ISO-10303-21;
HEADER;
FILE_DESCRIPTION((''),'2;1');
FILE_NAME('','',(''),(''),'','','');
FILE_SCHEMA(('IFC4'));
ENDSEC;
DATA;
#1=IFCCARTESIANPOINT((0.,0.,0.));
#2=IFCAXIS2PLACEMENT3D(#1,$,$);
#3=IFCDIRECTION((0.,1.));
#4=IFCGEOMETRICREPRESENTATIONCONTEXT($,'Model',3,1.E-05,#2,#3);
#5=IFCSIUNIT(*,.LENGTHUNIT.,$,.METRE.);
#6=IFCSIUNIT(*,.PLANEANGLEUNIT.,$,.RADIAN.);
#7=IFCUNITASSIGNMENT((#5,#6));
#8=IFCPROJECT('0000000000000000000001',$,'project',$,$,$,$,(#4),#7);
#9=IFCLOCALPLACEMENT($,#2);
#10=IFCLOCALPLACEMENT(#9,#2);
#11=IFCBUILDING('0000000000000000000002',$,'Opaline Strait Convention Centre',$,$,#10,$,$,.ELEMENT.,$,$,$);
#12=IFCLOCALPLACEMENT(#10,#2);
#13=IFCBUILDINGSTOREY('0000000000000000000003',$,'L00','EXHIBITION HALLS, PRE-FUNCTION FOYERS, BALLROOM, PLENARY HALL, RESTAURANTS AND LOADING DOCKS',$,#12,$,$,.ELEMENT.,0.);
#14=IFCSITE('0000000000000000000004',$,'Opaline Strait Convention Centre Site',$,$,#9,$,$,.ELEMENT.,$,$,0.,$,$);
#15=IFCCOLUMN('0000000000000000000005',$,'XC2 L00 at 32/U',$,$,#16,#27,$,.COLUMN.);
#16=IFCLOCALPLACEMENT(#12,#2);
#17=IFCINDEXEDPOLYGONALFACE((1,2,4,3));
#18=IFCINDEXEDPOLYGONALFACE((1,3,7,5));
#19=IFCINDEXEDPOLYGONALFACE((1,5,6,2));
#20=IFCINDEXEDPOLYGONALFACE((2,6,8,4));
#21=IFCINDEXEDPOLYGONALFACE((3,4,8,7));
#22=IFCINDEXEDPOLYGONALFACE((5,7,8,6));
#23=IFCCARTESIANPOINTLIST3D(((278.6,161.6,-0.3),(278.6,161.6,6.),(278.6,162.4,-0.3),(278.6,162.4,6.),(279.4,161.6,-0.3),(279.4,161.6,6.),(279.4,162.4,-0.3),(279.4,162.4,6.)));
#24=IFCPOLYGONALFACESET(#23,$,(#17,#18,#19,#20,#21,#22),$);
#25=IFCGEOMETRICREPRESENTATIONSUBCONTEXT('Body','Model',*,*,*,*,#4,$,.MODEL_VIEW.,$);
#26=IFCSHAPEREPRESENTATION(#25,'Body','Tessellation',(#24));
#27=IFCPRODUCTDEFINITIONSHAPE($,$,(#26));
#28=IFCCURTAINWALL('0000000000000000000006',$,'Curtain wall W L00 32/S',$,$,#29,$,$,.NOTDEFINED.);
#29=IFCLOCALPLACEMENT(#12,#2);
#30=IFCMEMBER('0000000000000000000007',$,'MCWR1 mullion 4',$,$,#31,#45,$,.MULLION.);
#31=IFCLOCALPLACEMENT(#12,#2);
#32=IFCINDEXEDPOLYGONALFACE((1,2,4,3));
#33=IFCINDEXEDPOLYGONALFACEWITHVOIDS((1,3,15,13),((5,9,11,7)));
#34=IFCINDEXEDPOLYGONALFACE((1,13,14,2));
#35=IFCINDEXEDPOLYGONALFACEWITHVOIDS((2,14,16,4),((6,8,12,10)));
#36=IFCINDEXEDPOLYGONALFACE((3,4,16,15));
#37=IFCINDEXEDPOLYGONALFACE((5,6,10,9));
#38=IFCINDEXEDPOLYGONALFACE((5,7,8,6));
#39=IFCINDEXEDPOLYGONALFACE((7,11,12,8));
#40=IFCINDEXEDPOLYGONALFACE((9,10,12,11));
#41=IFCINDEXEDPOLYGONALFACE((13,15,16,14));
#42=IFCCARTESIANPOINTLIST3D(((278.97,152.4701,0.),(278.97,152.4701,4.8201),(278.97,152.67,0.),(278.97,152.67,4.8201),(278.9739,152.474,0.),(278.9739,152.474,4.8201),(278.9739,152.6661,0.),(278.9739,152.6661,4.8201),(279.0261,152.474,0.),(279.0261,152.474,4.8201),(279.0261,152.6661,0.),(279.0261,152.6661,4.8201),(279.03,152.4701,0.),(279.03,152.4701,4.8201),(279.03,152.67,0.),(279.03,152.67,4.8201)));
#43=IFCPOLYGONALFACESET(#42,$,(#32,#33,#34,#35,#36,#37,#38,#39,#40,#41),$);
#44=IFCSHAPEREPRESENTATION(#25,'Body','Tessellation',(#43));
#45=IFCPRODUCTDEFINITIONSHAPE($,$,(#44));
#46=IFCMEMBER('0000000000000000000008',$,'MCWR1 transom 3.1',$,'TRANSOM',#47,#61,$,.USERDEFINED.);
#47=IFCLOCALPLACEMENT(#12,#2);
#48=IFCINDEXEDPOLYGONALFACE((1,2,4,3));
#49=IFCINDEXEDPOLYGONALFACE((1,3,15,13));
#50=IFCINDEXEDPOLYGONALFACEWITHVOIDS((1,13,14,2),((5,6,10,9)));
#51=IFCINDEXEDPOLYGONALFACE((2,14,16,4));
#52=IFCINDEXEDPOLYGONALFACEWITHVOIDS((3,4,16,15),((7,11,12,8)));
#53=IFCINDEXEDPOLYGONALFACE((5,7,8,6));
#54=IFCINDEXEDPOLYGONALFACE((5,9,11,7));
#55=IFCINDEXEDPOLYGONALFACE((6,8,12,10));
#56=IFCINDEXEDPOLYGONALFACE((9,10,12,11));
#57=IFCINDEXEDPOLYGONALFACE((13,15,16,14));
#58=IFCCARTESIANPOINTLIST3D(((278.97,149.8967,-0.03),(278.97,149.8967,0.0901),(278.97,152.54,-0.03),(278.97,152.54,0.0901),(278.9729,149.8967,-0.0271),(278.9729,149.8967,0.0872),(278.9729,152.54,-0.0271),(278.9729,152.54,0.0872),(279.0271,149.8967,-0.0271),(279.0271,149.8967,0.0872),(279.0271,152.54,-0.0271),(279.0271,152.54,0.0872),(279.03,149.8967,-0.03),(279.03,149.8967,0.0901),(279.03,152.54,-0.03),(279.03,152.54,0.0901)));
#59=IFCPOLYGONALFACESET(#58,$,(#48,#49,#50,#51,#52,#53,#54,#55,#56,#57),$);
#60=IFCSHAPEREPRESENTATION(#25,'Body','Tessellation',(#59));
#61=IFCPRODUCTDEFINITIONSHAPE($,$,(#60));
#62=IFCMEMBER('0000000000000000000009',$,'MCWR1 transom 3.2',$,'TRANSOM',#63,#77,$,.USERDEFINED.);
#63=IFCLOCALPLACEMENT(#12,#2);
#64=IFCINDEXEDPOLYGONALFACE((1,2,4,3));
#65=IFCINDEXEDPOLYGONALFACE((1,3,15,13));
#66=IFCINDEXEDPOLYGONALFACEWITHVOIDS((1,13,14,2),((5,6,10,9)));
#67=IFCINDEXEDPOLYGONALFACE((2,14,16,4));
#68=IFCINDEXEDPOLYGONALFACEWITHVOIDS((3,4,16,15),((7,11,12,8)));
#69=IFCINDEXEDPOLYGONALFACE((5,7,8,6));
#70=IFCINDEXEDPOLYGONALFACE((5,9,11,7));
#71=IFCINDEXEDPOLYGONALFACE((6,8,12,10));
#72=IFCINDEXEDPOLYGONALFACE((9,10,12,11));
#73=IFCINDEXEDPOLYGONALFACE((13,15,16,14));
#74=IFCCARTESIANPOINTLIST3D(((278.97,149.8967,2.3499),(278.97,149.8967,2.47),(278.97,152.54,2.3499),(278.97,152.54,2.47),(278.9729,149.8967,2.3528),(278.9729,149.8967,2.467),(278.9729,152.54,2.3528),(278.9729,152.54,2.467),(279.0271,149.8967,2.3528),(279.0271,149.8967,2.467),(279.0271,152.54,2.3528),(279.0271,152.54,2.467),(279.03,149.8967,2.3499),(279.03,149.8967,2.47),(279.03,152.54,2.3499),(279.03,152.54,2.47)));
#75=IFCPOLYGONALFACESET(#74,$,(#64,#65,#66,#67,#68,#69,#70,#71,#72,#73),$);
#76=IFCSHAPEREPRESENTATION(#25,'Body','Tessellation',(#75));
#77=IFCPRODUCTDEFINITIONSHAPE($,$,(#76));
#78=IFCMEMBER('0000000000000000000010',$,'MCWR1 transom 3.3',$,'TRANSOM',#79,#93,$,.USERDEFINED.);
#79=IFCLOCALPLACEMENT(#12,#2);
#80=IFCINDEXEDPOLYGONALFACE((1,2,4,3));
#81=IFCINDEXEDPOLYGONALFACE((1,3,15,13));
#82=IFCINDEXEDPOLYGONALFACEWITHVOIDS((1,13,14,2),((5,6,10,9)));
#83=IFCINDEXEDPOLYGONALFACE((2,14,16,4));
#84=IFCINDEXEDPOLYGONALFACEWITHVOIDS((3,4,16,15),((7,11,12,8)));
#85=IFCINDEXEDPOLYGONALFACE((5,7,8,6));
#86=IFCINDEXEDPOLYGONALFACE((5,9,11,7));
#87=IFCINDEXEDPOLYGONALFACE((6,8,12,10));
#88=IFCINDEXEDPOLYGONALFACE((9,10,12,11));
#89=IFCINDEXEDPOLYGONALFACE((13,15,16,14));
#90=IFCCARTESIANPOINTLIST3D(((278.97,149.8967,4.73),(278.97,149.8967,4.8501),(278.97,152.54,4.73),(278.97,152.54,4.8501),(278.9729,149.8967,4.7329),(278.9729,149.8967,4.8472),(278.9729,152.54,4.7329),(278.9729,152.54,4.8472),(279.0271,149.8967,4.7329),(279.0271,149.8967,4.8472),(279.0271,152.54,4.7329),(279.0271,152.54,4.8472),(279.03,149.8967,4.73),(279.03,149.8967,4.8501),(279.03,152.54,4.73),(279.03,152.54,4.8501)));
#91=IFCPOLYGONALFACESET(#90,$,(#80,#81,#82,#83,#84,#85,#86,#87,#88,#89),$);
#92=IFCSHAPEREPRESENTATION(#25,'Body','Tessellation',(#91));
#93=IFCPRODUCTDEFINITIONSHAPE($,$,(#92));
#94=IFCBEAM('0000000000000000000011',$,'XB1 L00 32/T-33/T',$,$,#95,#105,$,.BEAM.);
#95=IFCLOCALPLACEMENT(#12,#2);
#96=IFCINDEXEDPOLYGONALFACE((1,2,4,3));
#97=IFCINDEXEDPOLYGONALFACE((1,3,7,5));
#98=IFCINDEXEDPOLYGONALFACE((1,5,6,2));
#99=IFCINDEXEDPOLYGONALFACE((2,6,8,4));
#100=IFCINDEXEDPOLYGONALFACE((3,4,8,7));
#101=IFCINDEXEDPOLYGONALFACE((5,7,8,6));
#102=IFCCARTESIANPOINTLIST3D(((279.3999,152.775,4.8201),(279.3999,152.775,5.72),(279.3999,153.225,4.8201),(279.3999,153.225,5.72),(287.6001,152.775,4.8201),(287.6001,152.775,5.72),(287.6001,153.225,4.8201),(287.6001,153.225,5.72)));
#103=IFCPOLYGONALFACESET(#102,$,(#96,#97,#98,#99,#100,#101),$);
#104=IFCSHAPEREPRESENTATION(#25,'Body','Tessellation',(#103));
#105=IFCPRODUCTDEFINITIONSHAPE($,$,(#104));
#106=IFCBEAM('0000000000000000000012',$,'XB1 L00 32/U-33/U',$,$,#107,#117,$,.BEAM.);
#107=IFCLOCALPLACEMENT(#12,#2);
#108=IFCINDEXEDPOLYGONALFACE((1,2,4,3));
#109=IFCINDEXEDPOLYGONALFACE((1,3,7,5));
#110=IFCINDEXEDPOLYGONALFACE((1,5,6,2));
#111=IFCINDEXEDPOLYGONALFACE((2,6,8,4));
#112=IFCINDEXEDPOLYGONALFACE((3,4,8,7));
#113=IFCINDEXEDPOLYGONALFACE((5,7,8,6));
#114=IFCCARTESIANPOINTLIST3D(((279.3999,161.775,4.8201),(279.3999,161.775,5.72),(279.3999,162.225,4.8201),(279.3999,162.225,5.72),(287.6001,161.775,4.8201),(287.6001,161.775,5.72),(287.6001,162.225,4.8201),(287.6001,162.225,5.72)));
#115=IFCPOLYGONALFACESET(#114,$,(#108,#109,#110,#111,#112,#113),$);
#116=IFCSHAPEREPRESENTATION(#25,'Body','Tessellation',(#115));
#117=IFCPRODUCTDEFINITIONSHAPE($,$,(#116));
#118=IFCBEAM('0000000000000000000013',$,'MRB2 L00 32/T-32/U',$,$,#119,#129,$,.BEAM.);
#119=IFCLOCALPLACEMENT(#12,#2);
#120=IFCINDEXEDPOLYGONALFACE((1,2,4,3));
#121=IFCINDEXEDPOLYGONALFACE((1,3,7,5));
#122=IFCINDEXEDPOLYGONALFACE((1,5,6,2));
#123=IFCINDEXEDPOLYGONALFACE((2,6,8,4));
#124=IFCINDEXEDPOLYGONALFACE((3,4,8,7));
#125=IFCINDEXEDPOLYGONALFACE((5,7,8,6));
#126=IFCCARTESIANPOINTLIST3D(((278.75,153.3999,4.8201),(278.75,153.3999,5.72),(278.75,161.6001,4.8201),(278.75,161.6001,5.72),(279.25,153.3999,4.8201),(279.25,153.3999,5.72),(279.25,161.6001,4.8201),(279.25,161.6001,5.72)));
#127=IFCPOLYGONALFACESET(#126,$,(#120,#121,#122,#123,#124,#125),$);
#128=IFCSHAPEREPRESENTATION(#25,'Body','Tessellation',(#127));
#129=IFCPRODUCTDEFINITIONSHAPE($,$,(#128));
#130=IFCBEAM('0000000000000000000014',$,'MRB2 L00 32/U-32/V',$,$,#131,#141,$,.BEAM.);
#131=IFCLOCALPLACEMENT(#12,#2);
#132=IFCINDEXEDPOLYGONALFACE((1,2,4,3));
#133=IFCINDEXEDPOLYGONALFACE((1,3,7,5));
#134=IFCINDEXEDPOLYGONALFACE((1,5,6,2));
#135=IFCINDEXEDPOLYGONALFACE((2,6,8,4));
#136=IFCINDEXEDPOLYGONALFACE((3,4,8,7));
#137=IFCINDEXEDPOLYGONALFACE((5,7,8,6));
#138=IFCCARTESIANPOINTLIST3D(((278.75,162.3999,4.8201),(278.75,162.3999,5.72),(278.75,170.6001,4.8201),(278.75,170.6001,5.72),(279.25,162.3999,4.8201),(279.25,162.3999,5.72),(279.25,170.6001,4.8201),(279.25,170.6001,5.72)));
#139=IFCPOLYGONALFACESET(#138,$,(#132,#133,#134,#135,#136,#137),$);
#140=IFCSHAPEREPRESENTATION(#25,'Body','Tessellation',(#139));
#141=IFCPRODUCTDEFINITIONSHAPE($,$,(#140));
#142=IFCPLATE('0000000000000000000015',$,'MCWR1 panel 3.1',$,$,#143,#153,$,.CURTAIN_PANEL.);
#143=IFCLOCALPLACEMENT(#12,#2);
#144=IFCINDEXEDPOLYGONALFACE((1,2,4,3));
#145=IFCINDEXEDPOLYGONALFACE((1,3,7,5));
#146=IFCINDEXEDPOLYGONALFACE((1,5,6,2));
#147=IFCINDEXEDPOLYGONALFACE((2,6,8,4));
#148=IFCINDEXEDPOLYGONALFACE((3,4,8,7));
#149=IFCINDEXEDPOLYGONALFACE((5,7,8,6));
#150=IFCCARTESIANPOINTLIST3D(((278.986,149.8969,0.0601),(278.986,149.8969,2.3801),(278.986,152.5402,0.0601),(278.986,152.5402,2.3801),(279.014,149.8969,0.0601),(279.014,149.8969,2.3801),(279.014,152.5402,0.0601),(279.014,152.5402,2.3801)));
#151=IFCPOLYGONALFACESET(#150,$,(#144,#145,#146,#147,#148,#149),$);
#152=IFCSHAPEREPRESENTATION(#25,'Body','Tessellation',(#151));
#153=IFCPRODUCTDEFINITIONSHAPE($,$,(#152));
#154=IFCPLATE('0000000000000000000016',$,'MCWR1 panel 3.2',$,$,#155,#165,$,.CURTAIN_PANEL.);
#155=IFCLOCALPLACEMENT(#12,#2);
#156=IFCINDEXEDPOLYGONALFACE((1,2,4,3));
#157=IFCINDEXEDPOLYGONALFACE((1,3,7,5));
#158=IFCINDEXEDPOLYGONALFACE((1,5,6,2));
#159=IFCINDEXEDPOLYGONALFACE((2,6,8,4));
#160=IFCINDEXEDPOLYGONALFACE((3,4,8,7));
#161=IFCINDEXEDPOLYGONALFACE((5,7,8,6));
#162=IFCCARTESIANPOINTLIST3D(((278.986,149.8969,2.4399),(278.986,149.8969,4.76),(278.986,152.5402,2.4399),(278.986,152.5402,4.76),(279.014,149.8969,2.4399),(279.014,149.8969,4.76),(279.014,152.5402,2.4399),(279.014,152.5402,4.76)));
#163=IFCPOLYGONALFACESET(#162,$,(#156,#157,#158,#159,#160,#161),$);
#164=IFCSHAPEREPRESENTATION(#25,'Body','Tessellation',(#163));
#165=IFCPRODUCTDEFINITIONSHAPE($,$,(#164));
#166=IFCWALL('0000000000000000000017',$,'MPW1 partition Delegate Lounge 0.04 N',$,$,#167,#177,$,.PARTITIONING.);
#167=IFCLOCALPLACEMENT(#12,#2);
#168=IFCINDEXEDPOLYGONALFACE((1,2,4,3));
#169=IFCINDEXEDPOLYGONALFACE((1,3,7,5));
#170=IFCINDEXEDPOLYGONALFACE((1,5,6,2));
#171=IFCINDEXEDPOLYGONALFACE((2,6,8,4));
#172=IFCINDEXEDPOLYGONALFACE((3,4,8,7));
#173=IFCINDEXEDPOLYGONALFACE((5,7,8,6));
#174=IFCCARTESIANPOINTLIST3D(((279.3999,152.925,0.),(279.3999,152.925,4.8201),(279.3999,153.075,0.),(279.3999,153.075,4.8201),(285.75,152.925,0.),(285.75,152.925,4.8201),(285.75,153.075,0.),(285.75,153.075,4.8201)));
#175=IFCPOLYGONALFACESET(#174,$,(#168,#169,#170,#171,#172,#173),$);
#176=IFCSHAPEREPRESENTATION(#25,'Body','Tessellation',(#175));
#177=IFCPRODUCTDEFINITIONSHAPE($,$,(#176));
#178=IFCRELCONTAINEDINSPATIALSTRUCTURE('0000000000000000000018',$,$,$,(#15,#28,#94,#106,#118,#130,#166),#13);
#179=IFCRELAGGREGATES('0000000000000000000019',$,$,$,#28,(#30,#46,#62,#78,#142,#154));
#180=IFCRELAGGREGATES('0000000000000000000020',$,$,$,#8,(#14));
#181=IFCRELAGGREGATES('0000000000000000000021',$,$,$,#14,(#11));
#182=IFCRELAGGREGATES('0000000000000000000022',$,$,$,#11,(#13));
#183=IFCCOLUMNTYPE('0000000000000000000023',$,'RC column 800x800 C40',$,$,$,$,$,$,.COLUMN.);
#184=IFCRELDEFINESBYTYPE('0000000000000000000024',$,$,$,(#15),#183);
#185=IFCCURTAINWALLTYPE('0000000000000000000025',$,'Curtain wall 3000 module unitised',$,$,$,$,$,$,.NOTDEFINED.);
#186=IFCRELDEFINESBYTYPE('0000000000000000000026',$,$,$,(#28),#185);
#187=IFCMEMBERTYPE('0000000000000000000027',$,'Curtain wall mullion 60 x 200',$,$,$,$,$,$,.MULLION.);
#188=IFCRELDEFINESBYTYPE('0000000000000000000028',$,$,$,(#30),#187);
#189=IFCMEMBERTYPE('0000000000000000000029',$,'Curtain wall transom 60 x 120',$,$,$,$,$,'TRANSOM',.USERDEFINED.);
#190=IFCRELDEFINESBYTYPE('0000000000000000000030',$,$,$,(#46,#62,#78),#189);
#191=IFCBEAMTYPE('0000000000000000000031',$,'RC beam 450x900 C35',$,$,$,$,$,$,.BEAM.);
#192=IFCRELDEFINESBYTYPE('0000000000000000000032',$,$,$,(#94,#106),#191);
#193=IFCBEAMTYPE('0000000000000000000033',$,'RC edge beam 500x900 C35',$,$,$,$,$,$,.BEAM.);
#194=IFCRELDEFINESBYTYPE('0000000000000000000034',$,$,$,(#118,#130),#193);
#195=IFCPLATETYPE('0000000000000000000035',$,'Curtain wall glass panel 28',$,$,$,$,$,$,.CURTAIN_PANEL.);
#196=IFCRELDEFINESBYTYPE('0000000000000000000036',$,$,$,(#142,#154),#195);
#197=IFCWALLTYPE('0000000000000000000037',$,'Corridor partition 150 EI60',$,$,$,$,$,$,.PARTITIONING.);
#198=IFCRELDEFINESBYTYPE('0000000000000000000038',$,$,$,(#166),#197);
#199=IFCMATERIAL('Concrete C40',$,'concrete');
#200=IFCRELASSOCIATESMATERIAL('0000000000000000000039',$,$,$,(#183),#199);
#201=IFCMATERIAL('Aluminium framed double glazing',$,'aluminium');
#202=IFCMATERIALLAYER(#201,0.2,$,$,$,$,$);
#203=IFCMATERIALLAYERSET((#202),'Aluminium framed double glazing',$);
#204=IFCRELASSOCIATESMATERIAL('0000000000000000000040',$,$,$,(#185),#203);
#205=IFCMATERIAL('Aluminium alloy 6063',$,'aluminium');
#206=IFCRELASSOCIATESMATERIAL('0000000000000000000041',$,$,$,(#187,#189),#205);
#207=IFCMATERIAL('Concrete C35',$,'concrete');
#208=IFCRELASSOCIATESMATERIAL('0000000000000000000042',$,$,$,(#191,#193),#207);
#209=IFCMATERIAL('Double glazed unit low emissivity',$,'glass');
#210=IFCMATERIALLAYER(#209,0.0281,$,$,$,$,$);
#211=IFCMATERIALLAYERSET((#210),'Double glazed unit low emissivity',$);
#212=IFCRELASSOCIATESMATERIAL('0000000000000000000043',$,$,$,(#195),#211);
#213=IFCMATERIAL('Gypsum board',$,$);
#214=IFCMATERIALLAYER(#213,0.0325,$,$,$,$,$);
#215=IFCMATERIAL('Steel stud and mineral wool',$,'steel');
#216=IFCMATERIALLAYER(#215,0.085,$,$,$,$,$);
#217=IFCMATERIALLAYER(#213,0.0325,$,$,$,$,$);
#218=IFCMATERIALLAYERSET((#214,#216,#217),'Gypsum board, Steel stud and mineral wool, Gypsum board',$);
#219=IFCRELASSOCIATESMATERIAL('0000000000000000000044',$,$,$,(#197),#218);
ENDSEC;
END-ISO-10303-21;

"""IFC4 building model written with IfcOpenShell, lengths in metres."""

from ifc_helpers import new_model, si_unit, direction, frame, frame_2d, origin, origin_2d, place, context, subcontext, project, spatial, rectangle, hollow_rectangle, extrude, material, layer, layer_set, material_profile, profile_set, type_object, element, aggregate, save


model = new_model("IFC4")

# Units and contexts
model_context = context("Model", 3, precision=1e-05, world=origin(), true_north=direction((0.0, 1.0)))
body_context = subcontext(model_context, "Body", "Model", "MODEL_VIEW")
ifc_project = project(units=[si_unit("LENGTHUNIT", "METRE"), si_unit("PLANEANGLEUNIT", "RADIAN")], contexts=[model_context])

# Site, building, storey
site_placement = place(None, origin())
site = spatial("IfcSite", under=ifc_project, at=site_placement, Name="Opaline Strait Convention Centre Site", CompositionType="ELEMENT", RefElevation=0.0)
building_placement = place(site_placement, origin())
building = spatial("IfcBuilding", under=site, at=building_placement, Name="Opaline Strait Convention Centre", CompositionType="ELEMENT")
storey_placement = place(building_placement, origin())
storey = spatial("IfcBuildingStorey", under=building, at=storey_placement, Name="L00", Description="EXHIBITION HALLS, PRE-FUNCTION FOYERS, BALLROOM, PLENARY HALL, RESTAURANTS AND LOADING DOCKS", CompositionType="ELEMENT", Elevation=0.0)

# Shared definitions
ifc_material_1 = material(Name="Concrete C35", Category="concrete")

# Column
ifc_material_2 = material(Name="Concrete C40", Category="concrete")
ifc_material_profile_1 = material_profile(ifc_material_2, rectangle(XDim=0.8, YDim=0.8, at=origin_2d()), Name="RC 800x800")
ifc_profile_set_1 = profile_set([ifc_material_profile_1], Name="Concrete C40")
column_type = type_object("IfcColumnType", Name="RC column 800x800 C40", PredefinedType="COLUMN", material=ifc_profile_set_1)
for number, where, z_axis, x_axis, name in (
    (1, (279.0, 162.0, -0.3), (0.0, 0.0, 1.0), (1.0, 0.0, 0.0), "XC2 L00 at 32/U"),
):
    element("IfcColumn", number, at=place(storey_placement, frame(where, z_axis=z_axis, x_axis=x_axis)), inside=storey, type_object=column_type, Name=name, PredefinedType="COLUMN", context=body_context, shape_type="SweptSolid", body=[
        extrude(rectangle(XDim=0.8, YDim=0.8, at=origin_2d()), origin(), (0.0, 0.0, 1.0), 6.3),
    ])

# Curtain wall, members
ifc_material_3 = material(Name="Aluminium framed double glazing", Category="aluminium")
ifc_layer_1 = layer(ifc_material_3, 0.2)
ifc_layer_set_1 = layer_set([ifc_layer_1], Name="Aluminium framed double glazing")
curtain_wall_type = type_object("IfcCurtainWallType", Name="Curtain wall 3000 module unitised", PredefinedType="NOTDEFINED", material=ifc_layer_set_1)
curtain_wall_placement = place(storey_placement, origin())
curtain_wall = element("IfcCurtainWall", 2, at=curtain_wall_placement, inside=storey, type_object=curtain_wall_type, Name="Curtain wall W L00 32/S", PredefinedType="NOTDEFINED")
ifc_material_4 = material(Name="Aluminium alloy 6063", Category="aluminium")
ifc_material_profile_2 = material_profile(ifc_material_4, hollow_rectangle(XDim=0.0601, YDim=0.2, WallThickness=0.0039, at=origin_2d()), Name="MULLION 60x200x4")
ifc_profile_set_2 = profile_set([ifc_material_profile_2], Name="Aluminium alloy 6063")
member_type_1 = type_object("IfcMemberType", Name="Curtain wall mullion 60 x 200", PredefinedType="MULLION", material=ifc_profile_set_2)
member_1_placement = place(storey_placement, frame((279.0, 152.5701, 0.0), z_axis=(0.0, 0.0, 1.0), x_axis=(-1.0, 0.0, 0.0)))
member_1 = element("IfcMember", 3, at=member_1_placement, type_object=member_type_1, Name="MCWR1 mullion 4", PredefinedType="MULLION", context=body_context, shape_type="SweptSolid", body=[
    extrude(hollow_rectangle(XDim=0.0601, YDim=0.2, WallThickness=0.0039, at=origin_2d()), origin(), (0.0, 0.0, 1.0), 4.8201),
])
ifc_material_profile_3 = material_profile(ifc_material_4, hollow_rectangle(XDim=0.0601, YDim=0.1201, WallThickness=0.0029, at=origin_2d()), Name="TRANSOM 60x120x3")
ifc_profile_set_3 = profile_set([ifc_material_profile_3], Name="Aluminium alloy 6063")
member_type_2 = type_object("IfcMemberType", Name="Curtain wall transom 60 x 120", ElementType="TRANSOM", PredefinedType="USERDEFINED", material=ifc_profile_set_3)
member_2_placement = place(storey_placement, frame((279.0, 149.8967, 0.03), z_axis=(0.0, 1.0, 0.0), x_axis=(-1.0, 0.0, 0.0)))
member_2 = element("IfcMember", 4, at=member_2_placement, type_object=member_type_2, Name="MCWR1 transom 3.1", ObjectType="TRANSOM", PredefinedType="USERDEFINED", context=body_context, shape_type="SweptSolid", body=[
    extrude(hollow_rectangle(XDim=0.0601, YDim=0.1201, WallThickness=0.0029, at=origin_2d()), origin(), (0.0, 0.0, 1.0), 2.6433),
])
member_3_placement = place(storey_placement, frame((279.0, 149.8967, 2.4099), z_axis=(0.0, 1.0, 0.0), x_axis=(-1.0, 0.0, 0.0)))
member_3 = element("IfcMember", 5, at=member_3_placement, type_object=member_type_2, Name="MCWR1 transom 3.2", ObjectType="TRANSOM", PredefinedType="USERDEFINED", context=body_context, shape_type="SweptSolid", body=[
    extrude(hollow_rectangle(XDim=0.0601, YDim=0.1201, WallThickness=0.0029, at=origin_2d()), origin(), (0.0, 0.0, 1.0), 2.6433),
])
member_4_placement = place(storey_placement, frame((279.0, 149.8967, 4.79), z_axis=(0.0, 1.0, 0.0), x_axis=(-1.0, 0.0, 0.0)))
member_4 = element("IfcMember", 6, at=member_4_placement, type_object=member_type_2, Name="MCWR1 transom 3.3", ObjectType="TRANSOM", PredefinedType="USERDEFINED", context=body_context, shape_type="SweptSolid", body=[
    extrude(hollow_rectangle(XDim=0.0601, YDim=0.1201, WallThickness=0.0029, at=origin_2d()), origin(), (0.0, 0.0, 1.0), 2.6433),
])

# Beams
ifc_material_profile_4 = material_profile(ifc_material_1, rectangle(XDim=0.45, YDim=0.8999, at=origin_2d()), Name="RC 450x900")
ifc_profile_set_4 = profile_set([ifc_material_profile_4], Name="Concrete C35")
beam_type_1 = type_object("IfcBeamType", Name="RC beam 450x900 C35", PredefinedType="BEAM", material=ifc_profile_set_4)
for number, where, z_axis, x_axis, name in (
    (7, (279.3999, 153.0, 5.27), (1.0, 0.0, 0.0), (0.0, 1.0, 0.0), "XB1 L00 32/T-33/T"),
    (8, (279.3999, 162.0, 5.27), (1.0, 0.0, 0.0), (0.0, 1.0, 0.0), "XB1 L00 32/U-33/U"),
):
    element("IfcBeam", number, at=place(storey_placement, frame(where, z_axis=z_axis, x_axis=x_axis)), inside=storey, type_object=beam_type_1, Name=name, PredefinedType="BEAM", context=body_context, shape_type="SweptSolid", body=[
        extrude(rectangle(XDim=0.45, YDim=0.8999, at=origin_2d()), origin(), (0.0, 0.0, 1.0), 8.2002),
    ])
ifc_material_profile_5 = material_profile(ifc_material_1, rectangle(XDim=0.5, YDim=0.8999, at=origin_2d()), Name="RC 500x900")
ifc_profile_set_5 = profile_set([ifc_material_profile_5], Name="Concrete C35")
beam_type_2 = type_object("IfcBeamType", Name="RC edge beam 500x900 C35", PredefinedType="BEAM", material=ifc_profile_set_5)
for number, where, z_axis, x_axis, name in (
    (9, (279.0, 153.3999, 5.27), (0.0, 1.0, 0.0), (-1.0, 0.0, 0.0), "MRB2 L00 32/T-32/U"),
    (10, (279.0, 162.3999, 5.27), (0.0, 1.0, 0.0), (-1.0, 0.0, 0.0), "MRB2 L00 32/U-32/V"),
):
    element("IfcBeam", number, at=place(storey_placement, frame(where, z_axis=z_axis, x_axis=x_axis)), inside=storey, type_object=beam_type_2, Name=name, PredefinedType="BEAM", context=body_context, shape_type="SweptSolid", body=[
        extrude(rectangle(XDim=0.5, YDim=0.8999, at=origin_2d()), origin(), (0.0, 0.0, 1.0), 8.2002),
    ])

# Plates
ifc_material_5 = material(Name="Double glazed unit low emissivity", Category="glass")
ifc_layer_2 = layer(ifc_material_5, 0.0281)
ifc_layer_set_2 = layer_set([ifc_layer_2], Name="Double glazed unit low emissivity")
plate_type = type_object("IfcPlateType", Name="Curtain wall glass panel 28", PredefinedType="CURTAIN_PANEL", material=ifc_layer_set_2)
plate_1_placement = place(storey_placement, frame((279.0, 151.2185, 0.0601), z_axis=(0.0, 0.0, 1.0), x_axis=(0.0, 1.0, 0.0)))
plate_1 = element("IfcPlate", 11, at=plate_1_placement, type_object=plate_type, Name="MCWR1 panel 3.1", PredefinedType="CURTAIN_PANEL", context=body_context, shape_type="SweptSolid", body=[
    extrude(rectangle(XDim=2.6433, YDim=0.0281, at=origin_2d()), origin(), (0.0, 0.0, 1.0), 2.3201),
])
plate_2_placement = place(storey_placement, frame((279.0, 151.2185, 2.4399), z_axis=(0.0, 0.0, 1.0), x_axis=(0.0, 1.0, 0.0)))
plate_2 = element("IfcPlate", 12, at=plate_2_placement, type_object=plate_type, Name="MCWR1 panel 3.2", PredefinedType="CURTAIN_PANEL", context=body_context, shape_type="SweptSolid", body=[
    extrude(rectangle(XDim=2.6433, YDim=0.0281, at=origin_2d()), origin(), (0.0, 0.0, 1.0), 2.3201),
])
aggregate(curtain_wall, [member_1, member_2, member_3, member_4, plate_1, plate_2])

# Wall
ifc_material_6 = material(Name="Gypsum board")
ifc_layer_3 = layer(ifc_material_6, 0.0325)
ifc_material_7 = material(Name="Steel stud and mineral wool", Category="steel")
ifc_layer_4 = layer(ifc_material_7, 0.085)
ifc_layer_5 = layer(ifc_material_6, 0.0325)
ifc_layer_set_3 = layer_set([ifc_layer_3, ifc_layer_4, ifc_layer_5], Name="Gypsum board, Steel stud and mineral wool, Gypsum board")
wall_type_1 = type_object("IfcWallType", Name="Corridor partition 150 EI60", PredefinedType="PARTITIONING", material=ifc_layer_set_3)
for number, where, z_axis, x_axis, name in (
    (13, (279.3999, 153.0, 0.0), (0.0, 0.0, 1.0), (1.0, 0.0, 0.0), "MPW1 partition Delegate Lounge 0.04 N"),
):
    element("IfcWall", number, at=place(storey_placement, frame(where, z_axis=z_axis, x_axis=x_axis)), inside=storey, type_object=wall_type_1, Name=name, PredefinedType="PARTITIONING", context=body_context, shape_type="SweptSolid", body=[
        extrude(rectangle(XDim=6.3501, YDim=0.1499, at=frame_2d((3.175, 0.0))), origin(), (0.0, 0.0, 1.0), 4.8201),
    ])

save(model, "model.ifc")
